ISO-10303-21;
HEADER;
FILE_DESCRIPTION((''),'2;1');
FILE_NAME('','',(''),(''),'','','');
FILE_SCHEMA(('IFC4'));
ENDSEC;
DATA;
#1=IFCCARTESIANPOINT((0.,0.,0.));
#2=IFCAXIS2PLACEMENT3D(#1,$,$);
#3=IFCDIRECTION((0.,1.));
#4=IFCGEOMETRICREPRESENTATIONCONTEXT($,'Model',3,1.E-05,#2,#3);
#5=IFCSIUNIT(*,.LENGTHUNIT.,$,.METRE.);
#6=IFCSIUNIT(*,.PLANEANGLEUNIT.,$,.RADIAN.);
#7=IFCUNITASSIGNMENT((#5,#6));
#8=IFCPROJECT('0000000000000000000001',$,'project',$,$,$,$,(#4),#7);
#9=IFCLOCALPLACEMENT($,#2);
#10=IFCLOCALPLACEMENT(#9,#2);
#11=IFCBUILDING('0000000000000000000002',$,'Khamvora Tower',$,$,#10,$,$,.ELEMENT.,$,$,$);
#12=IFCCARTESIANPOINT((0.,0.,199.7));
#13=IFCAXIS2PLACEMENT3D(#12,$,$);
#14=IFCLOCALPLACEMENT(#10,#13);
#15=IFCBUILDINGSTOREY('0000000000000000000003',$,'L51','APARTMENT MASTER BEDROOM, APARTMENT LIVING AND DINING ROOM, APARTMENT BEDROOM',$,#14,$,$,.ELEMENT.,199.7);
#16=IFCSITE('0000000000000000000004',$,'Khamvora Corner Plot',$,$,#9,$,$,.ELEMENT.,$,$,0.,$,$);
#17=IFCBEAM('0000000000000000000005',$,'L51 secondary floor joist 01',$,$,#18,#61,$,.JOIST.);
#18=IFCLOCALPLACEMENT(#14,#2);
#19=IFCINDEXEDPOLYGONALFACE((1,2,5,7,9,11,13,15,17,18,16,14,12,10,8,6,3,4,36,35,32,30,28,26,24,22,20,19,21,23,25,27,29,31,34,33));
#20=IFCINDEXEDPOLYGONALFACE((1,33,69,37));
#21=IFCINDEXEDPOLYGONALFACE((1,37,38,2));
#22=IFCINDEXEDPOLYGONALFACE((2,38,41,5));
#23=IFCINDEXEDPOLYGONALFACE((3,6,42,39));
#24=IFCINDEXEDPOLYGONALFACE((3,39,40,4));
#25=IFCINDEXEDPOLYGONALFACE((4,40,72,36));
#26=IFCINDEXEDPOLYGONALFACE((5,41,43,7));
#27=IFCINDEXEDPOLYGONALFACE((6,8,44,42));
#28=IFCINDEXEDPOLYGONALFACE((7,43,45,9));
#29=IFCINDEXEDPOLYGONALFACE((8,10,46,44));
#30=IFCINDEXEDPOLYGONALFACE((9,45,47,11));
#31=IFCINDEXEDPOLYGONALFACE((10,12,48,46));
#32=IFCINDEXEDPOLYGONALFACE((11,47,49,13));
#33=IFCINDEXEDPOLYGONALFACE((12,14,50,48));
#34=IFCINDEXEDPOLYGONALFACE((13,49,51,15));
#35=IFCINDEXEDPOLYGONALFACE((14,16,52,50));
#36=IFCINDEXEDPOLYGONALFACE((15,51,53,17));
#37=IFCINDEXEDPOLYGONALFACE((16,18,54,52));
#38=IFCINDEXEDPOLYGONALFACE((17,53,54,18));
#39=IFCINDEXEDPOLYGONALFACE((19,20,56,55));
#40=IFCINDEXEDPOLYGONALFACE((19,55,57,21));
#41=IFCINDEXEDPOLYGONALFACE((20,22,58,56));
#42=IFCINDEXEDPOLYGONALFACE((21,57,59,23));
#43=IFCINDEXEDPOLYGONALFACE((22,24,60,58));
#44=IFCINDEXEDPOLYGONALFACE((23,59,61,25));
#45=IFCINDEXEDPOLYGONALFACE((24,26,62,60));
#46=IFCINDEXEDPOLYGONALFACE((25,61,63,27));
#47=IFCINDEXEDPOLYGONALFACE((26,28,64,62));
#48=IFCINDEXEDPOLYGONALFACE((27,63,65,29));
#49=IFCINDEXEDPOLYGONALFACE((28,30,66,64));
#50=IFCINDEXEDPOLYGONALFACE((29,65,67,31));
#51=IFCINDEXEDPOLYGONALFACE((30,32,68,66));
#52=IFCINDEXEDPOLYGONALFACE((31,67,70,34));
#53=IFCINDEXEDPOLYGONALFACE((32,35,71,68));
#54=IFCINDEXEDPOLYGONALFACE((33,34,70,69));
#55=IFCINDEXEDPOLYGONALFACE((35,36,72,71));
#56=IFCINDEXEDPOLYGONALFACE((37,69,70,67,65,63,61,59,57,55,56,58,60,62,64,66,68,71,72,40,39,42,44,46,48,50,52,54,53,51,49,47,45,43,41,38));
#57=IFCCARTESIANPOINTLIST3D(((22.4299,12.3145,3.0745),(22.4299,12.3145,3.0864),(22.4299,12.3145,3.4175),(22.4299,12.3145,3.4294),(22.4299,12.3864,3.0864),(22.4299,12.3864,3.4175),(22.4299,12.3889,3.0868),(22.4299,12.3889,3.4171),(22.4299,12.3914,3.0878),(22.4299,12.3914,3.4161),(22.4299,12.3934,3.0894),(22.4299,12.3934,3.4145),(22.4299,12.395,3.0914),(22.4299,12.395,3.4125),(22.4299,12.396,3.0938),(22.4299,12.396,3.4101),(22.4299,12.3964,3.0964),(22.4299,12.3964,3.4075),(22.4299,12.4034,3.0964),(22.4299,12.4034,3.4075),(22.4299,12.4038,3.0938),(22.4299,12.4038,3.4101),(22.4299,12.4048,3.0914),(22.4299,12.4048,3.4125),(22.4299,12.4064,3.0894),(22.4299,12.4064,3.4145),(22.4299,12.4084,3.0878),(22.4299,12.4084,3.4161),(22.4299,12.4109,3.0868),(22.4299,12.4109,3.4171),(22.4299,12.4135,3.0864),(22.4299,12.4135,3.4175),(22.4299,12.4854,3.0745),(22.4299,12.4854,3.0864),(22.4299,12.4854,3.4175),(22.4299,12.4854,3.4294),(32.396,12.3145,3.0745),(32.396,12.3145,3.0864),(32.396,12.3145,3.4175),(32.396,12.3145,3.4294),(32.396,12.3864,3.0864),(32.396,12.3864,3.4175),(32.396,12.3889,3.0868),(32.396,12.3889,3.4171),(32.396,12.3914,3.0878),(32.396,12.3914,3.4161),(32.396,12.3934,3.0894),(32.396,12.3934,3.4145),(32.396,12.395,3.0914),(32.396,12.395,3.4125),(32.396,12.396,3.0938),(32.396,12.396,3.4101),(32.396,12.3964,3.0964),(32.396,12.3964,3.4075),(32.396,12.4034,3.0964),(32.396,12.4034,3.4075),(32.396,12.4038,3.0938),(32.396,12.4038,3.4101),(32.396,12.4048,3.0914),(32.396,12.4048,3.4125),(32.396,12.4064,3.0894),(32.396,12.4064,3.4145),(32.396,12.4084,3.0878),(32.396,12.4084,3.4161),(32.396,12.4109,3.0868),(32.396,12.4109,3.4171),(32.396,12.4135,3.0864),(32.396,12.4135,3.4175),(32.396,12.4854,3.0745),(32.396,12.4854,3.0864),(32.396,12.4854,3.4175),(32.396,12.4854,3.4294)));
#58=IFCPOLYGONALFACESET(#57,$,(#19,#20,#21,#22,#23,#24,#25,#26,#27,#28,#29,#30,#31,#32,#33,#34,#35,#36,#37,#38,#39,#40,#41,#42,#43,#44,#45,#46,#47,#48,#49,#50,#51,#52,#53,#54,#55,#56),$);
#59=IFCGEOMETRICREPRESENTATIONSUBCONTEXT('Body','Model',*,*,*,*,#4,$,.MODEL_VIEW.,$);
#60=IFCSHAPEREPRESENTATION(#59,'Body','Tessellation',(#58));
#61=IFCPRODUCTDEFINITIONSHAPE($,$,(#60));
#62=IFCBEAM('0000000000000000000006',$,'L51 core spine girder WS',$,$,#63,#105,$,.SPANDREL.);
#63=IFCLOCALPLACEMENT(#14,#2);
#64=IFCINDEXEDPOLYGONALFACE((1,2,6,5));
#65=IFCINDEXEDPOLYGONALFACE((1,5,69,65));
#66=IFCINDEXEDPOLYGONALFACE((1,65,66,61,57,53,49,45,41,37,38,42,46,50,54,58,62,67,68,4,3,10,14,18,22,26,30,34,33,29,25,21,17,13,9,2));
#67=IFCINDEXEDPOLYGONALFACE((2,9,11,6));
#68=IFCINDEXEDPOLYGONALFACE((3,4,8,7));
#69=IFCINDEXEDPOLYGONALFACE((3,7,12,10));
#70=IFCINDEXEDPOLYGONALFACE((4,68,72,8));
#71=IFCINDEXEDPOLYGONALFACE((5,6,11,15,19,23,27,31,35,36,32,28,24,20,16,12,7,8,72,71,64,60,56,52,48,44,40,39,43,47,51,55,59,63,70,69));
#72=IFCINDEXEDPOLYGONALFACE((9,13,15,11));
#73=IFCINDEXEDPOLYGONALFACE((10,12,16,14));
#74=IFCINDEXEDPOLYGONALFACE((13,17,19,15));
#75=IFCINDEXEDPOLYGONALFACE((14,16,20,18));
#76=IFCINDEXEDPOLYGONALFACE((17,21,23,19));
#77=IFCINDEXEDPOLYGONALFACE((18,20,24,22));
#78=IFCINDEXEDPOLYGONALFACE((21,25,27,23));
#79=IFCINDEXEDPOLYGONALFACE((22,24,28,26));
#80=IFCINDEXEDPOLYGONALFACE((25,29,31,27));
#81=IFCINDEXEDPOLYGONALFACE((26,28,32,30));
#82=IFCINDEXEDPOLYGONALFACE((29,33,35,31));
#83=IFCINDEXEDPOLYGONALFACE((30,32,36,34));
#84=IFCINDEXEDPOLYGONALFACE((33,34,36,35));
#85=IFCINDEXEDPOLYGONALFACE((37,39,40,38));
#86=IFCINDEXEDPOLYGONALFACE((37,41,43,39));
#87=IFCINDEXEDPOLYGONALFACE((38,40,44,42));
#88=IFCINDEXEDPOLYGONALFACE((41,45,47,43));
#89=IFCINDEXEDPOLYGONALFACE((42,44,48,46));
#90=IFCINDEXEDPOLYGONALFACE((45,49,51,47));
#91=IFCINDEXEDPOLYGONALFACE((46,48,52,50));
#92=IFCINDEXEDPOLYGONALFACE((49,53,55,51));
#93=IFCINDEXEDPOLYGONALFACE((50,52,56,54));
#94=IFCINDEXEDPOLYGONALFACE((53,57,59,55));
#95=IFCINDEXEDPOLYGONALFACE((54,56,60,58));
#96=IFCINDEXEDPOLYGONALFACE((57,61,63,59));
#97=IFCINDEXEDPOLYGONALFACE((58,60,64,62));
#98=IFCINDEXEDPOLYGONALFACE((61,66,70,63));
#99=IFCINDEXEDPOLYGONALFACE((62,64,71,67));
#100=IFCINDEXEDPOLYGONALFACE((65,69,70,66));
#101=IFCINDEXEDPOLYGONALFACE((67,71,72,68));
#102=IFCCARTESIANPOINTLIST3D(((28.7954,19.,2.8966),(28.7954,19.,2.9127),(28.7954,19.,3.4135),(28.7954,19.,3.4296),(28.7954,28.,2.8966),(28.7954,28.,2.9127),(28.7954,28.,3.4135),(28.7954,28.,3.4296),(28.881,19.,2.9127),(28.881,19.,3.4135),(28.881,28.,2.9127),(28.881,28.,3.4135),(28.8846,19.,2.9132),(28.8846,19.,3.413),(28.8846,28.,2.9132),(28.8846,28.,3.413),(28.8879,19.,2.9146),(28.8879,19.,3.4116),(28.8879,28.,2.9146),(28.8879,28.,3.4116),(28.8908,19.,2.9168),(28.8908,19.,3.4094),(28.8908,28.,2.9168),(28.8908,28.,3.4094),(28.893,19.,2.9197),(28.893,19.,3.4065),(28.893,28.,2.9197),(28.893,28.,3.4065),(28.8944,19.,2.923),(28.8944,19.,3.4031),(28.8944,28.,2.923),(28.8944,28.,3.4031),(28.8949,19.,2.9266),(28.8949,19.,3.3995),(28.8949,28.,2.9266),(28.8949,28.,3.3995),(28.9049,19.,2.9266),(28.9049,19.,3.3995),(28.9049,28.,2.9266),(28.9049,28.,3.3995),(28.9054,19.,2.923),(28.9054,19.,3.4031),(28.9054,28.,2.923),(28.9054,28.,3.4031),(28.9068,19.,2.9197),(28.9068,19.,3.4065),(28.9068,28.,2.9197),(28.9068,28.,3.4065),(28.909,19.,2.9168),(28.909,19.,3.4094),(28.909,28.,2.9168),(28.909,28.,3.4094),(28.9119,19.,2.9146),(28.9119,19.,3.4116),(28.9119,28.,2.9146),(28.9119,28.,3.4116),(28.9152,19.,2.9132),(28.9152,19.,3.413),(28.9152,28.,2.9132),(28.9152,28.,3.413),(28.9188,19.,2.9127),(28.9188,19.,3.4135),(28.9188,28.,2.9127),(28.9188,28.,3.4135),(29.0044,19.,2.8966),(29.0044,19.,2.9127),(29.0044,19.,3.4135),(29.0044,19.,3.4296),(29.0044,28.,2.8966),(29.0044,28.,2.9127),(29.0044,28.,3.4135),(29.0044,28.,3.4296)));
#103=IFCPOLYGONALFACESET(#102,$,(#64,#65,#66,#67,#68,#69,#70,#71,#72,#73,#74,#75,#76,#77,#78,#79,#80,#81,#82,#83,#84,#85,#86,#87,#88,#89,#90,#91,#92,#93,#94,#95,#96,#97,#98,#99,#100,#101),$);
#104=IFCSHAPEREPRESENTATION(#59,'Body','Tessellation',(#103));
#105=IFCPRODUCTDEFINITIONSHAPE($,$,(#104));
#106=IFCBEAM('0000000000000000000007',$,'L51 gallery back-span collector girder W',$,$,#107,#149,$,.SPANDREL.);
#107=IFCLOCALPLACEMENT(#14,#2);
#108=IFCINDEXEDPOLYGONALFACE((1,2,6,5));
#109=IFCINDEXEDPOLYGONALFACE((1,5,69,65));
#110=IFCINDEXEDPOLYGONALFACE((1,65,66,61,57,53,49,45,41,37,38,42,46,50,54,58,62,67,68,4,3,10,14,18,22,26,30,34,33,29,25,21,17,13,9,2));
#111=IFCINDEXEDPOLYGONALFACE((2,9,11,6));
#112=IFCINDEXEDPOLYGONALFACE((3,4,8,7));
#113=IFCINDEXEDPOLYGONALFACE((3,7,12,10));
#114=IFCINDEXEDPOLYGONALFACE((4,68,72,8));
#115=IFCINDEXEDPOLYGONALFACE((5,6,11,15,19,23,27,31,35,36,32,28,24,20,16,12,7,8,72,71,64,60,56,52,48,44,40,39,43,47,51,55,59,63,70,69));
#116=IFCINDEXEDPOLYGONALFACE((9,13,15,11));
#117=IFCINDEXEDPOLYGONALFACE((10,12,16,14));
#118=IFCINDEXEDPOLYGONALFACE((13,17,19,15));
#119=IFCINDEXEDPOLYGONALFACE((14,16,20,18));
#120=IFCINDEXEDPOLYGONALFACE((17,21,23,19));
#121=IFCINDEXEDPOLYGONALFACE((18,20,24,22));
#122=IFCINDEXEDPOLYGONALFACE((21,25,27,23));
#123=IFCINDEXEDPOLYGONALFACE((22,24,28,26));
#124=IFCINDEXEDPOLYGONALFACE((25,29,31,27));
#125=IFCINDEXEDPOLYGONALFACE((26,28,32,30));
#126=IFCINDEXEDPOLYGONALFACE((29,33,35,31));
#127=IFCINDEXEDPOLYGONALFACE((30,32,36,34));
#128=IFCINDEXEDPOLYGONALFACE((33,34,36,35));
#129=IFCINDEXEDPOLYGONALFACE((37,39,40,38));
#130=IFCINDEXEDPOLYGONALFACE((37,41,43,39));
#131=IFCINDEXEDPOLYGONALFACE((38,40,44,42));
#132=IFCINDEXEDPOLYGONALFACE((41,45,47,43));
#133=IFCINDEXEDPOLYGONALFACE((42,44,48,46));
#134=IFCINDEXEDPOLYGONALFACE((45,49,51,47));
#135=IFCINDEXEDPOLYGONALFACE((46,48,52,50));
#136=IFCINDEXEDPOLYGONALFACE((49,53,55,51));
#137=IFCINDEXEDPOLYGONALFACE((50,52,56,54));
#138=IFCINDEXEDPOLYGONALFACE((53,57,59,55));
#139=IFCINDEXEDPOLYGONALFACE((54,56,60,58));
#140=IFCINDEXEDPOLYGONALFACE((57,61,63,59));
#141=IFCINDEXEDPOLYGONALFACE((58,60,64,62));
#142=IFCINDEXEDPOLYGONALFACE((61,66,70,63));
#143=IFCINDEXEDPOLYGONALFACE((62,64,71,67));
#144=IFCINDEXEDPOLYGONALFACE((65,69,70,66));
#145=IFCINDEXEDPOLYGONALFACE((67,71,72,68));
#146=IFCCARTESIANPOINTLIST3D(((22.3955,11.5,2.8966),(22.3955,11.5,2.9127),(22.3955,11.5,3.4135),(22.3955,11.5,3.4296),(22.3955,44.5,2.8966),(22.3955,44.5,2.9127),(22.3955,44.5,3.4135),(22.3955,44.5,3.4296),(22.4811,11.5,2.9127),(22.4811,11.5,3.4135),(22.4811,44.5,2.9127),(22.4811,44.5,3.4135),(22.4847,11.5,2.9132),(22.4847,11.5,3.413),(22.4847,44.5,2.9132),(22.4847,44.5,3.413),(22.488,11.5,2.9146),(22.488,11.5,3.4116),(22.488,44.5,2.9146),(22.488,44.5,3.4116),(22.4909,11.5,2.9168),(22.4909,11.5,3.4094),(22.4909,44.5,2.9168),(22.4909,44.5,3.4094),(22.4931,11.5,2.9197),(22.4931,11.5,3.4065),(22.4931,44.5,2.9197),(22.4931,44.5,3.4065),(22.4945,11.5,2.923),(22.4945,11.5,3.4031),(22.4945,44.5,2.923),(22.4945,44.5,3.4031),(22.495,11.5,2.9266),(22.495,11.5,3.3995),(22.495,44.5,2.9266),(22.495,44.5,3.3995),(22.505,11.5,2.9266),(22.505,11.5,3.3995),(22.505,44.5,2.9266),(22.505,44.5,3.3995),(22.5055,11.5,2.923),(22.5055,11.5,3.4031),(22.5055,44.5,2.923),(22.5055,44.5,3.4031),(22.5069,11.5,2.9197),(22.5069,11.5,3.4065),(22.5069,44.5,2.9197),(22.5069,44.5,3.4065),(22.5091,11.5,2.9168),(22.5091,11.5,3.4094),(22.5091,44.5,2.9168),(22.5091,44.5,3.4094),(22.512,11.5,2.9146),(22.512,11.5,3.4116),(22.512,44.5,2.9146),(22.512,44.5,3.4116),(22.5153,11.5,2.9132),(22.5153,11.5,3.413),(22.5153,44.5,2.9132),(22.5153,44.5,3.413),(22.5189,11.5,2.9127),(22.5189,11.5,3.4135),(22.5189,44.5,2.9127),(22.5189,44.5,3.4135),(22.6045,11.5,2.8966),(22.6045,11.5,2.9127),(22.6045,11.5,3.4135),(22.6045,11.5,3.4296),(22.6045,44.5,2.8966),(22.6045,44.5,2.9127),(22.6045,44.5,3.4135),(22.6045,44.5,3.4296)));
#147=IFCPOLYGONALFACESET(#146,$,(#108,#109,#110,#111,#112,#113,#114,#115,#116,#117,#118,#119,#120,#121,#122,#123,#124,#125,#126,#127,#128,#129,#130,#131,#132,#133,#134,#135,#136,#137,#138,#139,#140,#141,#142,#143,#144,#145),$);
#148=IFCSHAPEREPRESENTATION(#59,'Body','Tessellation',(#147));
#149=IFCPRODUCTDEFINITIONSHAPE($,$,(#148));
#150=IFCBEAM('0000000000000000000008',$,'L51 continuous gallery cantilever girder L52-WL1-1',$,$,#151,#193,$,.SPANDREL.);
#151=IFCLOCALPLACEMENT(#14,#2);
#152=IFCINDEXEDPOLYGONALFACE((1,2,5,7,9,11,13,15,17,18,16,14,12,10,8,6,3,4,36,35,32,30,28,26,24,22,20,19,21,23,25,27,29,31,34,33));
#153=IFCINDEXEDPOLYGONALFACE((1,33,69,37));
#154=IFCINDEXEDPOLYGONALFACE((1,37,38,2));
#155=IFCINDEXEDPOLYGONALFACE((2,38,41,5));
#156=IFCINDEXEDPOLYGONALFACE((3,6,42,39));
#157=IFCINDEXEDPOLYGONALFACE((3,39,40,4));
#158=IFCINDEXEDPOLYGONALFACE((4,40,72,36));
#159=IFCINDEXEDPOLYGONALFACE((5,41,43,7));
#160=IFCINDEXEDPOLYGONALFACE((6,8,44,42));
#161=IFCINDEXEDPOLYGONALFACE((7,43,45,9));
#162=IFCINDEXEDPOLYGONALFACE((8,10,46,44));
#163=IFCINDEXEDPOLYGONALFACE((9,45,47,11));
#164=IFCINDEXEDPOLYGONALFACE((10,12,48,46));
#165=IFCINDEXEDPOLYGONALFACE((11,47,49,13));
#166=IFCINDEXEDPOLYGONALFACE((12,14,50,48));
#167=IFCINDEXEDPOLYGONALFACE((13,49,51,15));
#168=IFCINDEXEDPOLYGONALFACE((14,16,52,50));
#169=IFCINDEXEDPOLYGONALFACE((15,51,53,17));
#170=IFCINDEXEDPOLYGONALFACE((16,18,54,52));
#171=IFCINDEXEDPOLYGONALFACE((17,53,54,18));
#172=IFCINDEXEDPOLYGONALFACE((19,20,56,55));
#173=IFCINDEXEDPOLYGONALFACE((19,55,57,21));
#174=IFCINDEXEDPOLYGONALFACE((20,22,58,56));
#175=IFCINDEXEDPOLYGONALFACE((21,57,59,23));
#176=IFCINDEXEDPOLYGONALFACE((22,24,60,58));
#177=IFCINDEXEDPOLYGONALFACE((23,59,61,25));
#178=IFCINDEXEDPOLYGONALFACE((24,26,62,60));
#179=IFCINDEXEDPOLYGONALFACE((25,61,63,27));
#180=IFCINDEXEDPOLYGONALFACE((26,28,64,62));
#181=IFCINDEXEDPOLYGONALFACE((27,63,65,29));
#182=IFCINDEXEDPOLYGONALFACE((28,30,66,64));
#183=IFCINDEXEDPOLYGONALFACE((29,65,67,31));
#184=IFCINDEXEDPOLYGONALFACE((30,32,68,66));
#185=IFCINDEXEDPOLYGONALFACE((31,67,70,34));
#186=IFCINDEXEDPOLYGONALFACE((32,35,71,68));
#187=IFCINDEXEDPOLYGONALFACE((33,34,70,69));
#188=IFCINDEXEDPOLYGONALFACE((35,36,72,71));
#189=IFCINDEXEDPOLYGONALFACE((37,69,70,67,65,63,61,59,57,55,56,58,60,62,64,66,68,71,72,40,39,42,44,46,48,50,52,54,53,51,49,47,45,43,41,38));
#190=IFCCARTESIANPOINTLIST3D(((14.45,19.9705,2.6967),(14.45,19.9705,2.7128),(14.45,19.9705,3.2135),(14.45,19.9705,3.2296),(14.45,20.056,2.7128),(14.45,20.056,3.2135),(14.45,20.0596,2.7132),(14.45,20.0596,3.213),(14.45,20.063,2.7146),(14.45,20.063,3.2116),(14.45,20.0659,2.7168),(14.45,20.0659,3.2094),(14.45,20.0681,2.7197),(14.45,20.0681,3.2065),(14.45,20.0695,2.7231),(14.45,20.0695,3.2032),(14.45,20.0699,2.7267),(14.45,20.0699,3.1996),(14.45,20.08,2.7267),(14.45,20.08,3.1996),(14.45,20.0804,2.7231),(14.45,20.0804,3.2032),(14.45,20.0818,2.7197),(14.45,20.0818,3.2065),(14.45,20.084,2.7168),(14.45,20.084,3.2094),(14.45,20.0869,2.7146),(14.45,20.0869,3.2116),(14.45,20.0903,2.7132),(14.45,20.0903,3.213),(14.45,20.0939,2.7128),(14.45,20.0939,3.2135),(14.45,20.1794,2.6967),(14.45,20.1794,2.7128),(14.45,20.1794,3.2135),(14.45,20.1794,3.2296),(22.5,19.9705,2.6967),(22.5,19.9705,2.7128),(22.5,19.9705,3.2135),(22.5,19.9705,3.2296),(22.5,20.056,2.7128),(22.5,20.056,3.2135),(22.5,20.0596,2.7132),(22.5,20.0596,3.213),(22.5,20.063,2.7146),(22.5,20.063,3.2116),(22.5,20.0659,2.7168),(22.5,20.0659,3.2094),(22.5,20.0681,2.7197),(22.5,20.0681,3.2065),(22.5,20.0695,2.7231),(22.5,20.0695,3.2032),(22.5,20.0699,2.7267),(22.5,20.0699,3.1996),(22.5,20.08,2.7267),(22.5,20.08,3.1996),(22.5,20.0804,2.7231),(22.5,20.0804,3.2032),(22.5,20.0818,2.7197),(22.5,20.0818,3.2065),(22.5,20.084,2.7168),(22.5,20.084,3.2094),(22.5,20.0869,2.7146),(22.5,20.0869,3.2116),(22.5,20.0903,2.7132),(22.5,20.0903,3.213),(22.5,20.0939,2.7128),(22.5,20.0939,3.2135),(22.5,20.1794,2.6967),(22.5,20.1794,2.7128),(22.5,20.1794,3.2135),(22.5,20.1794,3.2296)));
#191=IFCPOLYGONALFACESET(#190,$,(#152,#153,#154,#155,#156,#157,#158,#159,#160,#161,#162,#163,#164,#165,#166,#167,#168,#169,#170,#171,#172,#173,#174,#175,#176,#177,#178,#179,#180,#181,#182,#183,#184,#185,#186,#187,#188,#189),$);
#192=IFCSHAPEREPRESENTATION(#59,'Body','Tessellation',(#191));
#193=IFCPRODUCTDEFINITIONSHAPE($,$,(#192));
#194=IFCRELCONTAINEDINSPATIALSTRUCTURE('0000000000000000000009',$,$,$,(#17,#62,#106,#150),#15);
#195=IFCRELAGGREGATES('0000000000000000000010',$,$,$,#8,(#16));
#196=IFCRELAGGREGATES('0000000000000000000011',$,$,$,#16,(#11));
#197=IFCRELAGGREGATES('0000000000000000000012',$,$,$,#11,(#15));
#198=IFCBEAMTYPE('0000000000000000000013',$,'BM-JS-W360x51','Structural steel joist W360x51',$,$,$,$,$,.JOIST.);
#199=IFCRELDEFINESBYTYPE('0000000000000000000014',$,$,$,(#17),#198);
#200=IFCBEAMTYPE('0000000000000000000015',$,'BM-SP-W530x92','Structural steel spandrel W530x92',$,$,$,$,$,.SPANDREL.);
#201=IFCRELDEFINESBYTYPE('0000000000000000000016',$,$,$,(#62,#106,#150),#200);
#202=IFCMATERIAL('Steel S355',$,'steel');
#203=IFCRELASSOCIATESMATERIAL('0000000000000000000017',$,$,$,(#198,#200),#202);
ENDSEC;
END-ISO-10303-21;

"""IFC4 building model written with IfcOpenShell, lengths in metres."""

from ifc_helpers import new_model, si_unit, direction, frame, origin, origin_2d, place, context, subcontext, project, spatial, i_section, extrude, material, material_profile, profile_set, type_object, element, save


model = new_model("IFC4")

# Units and contexts
model_context = context("Model", 3, precision=1e-05, world=origin(), true_north=direction((0.0, 1.0)))
body_context = subcontext(model_context, "Body", "Model", "MODEL_VIEW")
ifc_project = project(units=[si_unit("LENGTHUNIT", "METRE"), si_unit("PLANEANGLEUNIT", "RADIAN")], contexts=[model_context])

# Site, building, storey
site_placement = place(None, origin())
site = spatial("IfcSite", under=ifc_project, at=site_placement, Name="Khamvora Corner Plot", CompositionType="ELEMENT", RefElevation=0.0)
building_placement = place(site_placement, origin())
building = spatial("IfcBuilding", under=site, at=building_placement, Name="Khamvora Tower", CompositionType="ELEMENT")
storey_placement = place(building_placement, frame((0.0, 0.0, 199.7)))
storey = spatial("IfcBuildingStorey", under=building, at=storey_placement, Name="L51", Description="APARTMENT MASTER BEDROOM, APARTMENT LIVING AND DINING ROOM, APARTMENT BEDROOM", CompositionType="ELEMENT", Elevation=199.7)

# Beams
ifc_material_1 = material(Name="Steel S355", Category="steel")
ifc_material_profile_1 = material_profile(ifc_material_1, i_section(OverallWidth=0.1709, OverallDepth=0.355, WebThickness=0.0071, FlangeThickness=0.012, FilletRadius=0.01, at=origin_2d()), Name="W360x51")
ifc_profile_set_1 = profile_set([ifc_material_profile_1], Name="Steel S355")
beam_type_1 = type_object("IfcBeamType", Name="BM-JS-W360x51", Description="Structural steel joist W360x51", PredefinedType="JOIST", material=ifc_profile_set_1)
beam_1_placement = place(storey_placement, frame((22.4299, 12.3999, 3.252), z_axis=(1.0, 0.0, 0.0), x_axis=(0.0, 1.0, 0.0)))
element("IfcBeam", 1, at=beam_1_placement, inside=storey, type_object=beam_type_1, Name="L51 secondary floor joist 01", PredefinedType="JOIST", context=body_context, shape_type="SweptSolid", body=[
    extrude(i_section(OverallWidth=0.1709, OverallDepth=0.355, WebThickness=0.0071, FlangeThickness=0.012, FilletRadius=0.01, at=origin_2d()), origin(), (0.0, 0.0, 1.0), 9.9661),
])
ifc_material_profile_2 = material_profile(ifc_material_1, i_section(OverallWidth=0.209, OverallDepth=0.533, WebThickness=0.01, FlangeThickness=0.0161, FilletRadius=0.0139, at=origin_2d()), Name="W530x92")
ifc_profile_set_2 = profile_set([ifc_material_profile_2], Name="Steel S355")
beam_type_2 = type_object("IfcBeamType", Name="BM-SP-W530x92", Description="Structural steel spandrel W530x92", PredefinedType="SPANDREL", material=ifc_profile_set_2)
beam_2_placement = place(storey_placement, frame((28.8999, 19.0, 3.1631), z_axis=(0.0, 1.0, 0.0), x_axis=(-1.0, 0.0, 0.0)))
element("IfcBeam", 2, at=beam_2_placement, inside=storey, type_object=beam_type_2, Name="L51 core spine girder WS", PredefinedType="SPANDREL", context=body_context, shape_type="SweptSolid", body=[
    extrude(i_section(OverallWidth=0.209, OverallDepth=0.533, WebThickness=0.01, FlangeThickness=0.0161, FilletRadius=0.0139, at=origin_2d()), origin(), (0.0, 0.0, 1.0), 9.0),
])
beam_3_placement = place(storey_placement, frame((22.5, 11.5, 3.1631), z_axis=(0.0, 1.0, 0.0), x_axis=(-1.0, 0.0, 0.0)))
element("IfcBeam", 3, at=beam_3_placement, inside=storey, type_object=beam_type_2, Name="L51 gallery back-span collector girder W", PredefinedType="SPANDREL", context=body_context, shape_type="SweptSolid", body=[
    extrude(i_section(OverallWidth=0.209, OverallDepth=0.533, WebThickness=0.01, FlangeThickness=0.0161, FilletRadius=0.0139, at=origin_2d()), origin(), (0.0, 0.0, 1.0), 33.0),
])
for number, where, z_axis, x_axis, name in (
    (4, (22.5, 20.075, 2.9631), (-1.0, 0.0, 0.0), (0.0, -1.0, 0.0), "L51 continuous gallery cantilever girder L52-WL1-1"),
):
    element("IfcBeam", number, at=place(storey_placement, frame(where, z_axis=z_axis, x_axis=x_axis)), inside=storey, type_object=beam_type_2, Name=name, PredefinedType="SPANDREL", context=body_context, shape_type="SweptSolid", body=[
        extrude(i_section(OverallWidth=0.209, OverallDepth=0.533, WebThickness=0.01, FlangeThickness=0.0161, FilletRadius=0.0139, at=origin_2d()), origin(), (0.0, 0.0, 1.0), 8.05),
    ])

save(model, "model.ifc")
